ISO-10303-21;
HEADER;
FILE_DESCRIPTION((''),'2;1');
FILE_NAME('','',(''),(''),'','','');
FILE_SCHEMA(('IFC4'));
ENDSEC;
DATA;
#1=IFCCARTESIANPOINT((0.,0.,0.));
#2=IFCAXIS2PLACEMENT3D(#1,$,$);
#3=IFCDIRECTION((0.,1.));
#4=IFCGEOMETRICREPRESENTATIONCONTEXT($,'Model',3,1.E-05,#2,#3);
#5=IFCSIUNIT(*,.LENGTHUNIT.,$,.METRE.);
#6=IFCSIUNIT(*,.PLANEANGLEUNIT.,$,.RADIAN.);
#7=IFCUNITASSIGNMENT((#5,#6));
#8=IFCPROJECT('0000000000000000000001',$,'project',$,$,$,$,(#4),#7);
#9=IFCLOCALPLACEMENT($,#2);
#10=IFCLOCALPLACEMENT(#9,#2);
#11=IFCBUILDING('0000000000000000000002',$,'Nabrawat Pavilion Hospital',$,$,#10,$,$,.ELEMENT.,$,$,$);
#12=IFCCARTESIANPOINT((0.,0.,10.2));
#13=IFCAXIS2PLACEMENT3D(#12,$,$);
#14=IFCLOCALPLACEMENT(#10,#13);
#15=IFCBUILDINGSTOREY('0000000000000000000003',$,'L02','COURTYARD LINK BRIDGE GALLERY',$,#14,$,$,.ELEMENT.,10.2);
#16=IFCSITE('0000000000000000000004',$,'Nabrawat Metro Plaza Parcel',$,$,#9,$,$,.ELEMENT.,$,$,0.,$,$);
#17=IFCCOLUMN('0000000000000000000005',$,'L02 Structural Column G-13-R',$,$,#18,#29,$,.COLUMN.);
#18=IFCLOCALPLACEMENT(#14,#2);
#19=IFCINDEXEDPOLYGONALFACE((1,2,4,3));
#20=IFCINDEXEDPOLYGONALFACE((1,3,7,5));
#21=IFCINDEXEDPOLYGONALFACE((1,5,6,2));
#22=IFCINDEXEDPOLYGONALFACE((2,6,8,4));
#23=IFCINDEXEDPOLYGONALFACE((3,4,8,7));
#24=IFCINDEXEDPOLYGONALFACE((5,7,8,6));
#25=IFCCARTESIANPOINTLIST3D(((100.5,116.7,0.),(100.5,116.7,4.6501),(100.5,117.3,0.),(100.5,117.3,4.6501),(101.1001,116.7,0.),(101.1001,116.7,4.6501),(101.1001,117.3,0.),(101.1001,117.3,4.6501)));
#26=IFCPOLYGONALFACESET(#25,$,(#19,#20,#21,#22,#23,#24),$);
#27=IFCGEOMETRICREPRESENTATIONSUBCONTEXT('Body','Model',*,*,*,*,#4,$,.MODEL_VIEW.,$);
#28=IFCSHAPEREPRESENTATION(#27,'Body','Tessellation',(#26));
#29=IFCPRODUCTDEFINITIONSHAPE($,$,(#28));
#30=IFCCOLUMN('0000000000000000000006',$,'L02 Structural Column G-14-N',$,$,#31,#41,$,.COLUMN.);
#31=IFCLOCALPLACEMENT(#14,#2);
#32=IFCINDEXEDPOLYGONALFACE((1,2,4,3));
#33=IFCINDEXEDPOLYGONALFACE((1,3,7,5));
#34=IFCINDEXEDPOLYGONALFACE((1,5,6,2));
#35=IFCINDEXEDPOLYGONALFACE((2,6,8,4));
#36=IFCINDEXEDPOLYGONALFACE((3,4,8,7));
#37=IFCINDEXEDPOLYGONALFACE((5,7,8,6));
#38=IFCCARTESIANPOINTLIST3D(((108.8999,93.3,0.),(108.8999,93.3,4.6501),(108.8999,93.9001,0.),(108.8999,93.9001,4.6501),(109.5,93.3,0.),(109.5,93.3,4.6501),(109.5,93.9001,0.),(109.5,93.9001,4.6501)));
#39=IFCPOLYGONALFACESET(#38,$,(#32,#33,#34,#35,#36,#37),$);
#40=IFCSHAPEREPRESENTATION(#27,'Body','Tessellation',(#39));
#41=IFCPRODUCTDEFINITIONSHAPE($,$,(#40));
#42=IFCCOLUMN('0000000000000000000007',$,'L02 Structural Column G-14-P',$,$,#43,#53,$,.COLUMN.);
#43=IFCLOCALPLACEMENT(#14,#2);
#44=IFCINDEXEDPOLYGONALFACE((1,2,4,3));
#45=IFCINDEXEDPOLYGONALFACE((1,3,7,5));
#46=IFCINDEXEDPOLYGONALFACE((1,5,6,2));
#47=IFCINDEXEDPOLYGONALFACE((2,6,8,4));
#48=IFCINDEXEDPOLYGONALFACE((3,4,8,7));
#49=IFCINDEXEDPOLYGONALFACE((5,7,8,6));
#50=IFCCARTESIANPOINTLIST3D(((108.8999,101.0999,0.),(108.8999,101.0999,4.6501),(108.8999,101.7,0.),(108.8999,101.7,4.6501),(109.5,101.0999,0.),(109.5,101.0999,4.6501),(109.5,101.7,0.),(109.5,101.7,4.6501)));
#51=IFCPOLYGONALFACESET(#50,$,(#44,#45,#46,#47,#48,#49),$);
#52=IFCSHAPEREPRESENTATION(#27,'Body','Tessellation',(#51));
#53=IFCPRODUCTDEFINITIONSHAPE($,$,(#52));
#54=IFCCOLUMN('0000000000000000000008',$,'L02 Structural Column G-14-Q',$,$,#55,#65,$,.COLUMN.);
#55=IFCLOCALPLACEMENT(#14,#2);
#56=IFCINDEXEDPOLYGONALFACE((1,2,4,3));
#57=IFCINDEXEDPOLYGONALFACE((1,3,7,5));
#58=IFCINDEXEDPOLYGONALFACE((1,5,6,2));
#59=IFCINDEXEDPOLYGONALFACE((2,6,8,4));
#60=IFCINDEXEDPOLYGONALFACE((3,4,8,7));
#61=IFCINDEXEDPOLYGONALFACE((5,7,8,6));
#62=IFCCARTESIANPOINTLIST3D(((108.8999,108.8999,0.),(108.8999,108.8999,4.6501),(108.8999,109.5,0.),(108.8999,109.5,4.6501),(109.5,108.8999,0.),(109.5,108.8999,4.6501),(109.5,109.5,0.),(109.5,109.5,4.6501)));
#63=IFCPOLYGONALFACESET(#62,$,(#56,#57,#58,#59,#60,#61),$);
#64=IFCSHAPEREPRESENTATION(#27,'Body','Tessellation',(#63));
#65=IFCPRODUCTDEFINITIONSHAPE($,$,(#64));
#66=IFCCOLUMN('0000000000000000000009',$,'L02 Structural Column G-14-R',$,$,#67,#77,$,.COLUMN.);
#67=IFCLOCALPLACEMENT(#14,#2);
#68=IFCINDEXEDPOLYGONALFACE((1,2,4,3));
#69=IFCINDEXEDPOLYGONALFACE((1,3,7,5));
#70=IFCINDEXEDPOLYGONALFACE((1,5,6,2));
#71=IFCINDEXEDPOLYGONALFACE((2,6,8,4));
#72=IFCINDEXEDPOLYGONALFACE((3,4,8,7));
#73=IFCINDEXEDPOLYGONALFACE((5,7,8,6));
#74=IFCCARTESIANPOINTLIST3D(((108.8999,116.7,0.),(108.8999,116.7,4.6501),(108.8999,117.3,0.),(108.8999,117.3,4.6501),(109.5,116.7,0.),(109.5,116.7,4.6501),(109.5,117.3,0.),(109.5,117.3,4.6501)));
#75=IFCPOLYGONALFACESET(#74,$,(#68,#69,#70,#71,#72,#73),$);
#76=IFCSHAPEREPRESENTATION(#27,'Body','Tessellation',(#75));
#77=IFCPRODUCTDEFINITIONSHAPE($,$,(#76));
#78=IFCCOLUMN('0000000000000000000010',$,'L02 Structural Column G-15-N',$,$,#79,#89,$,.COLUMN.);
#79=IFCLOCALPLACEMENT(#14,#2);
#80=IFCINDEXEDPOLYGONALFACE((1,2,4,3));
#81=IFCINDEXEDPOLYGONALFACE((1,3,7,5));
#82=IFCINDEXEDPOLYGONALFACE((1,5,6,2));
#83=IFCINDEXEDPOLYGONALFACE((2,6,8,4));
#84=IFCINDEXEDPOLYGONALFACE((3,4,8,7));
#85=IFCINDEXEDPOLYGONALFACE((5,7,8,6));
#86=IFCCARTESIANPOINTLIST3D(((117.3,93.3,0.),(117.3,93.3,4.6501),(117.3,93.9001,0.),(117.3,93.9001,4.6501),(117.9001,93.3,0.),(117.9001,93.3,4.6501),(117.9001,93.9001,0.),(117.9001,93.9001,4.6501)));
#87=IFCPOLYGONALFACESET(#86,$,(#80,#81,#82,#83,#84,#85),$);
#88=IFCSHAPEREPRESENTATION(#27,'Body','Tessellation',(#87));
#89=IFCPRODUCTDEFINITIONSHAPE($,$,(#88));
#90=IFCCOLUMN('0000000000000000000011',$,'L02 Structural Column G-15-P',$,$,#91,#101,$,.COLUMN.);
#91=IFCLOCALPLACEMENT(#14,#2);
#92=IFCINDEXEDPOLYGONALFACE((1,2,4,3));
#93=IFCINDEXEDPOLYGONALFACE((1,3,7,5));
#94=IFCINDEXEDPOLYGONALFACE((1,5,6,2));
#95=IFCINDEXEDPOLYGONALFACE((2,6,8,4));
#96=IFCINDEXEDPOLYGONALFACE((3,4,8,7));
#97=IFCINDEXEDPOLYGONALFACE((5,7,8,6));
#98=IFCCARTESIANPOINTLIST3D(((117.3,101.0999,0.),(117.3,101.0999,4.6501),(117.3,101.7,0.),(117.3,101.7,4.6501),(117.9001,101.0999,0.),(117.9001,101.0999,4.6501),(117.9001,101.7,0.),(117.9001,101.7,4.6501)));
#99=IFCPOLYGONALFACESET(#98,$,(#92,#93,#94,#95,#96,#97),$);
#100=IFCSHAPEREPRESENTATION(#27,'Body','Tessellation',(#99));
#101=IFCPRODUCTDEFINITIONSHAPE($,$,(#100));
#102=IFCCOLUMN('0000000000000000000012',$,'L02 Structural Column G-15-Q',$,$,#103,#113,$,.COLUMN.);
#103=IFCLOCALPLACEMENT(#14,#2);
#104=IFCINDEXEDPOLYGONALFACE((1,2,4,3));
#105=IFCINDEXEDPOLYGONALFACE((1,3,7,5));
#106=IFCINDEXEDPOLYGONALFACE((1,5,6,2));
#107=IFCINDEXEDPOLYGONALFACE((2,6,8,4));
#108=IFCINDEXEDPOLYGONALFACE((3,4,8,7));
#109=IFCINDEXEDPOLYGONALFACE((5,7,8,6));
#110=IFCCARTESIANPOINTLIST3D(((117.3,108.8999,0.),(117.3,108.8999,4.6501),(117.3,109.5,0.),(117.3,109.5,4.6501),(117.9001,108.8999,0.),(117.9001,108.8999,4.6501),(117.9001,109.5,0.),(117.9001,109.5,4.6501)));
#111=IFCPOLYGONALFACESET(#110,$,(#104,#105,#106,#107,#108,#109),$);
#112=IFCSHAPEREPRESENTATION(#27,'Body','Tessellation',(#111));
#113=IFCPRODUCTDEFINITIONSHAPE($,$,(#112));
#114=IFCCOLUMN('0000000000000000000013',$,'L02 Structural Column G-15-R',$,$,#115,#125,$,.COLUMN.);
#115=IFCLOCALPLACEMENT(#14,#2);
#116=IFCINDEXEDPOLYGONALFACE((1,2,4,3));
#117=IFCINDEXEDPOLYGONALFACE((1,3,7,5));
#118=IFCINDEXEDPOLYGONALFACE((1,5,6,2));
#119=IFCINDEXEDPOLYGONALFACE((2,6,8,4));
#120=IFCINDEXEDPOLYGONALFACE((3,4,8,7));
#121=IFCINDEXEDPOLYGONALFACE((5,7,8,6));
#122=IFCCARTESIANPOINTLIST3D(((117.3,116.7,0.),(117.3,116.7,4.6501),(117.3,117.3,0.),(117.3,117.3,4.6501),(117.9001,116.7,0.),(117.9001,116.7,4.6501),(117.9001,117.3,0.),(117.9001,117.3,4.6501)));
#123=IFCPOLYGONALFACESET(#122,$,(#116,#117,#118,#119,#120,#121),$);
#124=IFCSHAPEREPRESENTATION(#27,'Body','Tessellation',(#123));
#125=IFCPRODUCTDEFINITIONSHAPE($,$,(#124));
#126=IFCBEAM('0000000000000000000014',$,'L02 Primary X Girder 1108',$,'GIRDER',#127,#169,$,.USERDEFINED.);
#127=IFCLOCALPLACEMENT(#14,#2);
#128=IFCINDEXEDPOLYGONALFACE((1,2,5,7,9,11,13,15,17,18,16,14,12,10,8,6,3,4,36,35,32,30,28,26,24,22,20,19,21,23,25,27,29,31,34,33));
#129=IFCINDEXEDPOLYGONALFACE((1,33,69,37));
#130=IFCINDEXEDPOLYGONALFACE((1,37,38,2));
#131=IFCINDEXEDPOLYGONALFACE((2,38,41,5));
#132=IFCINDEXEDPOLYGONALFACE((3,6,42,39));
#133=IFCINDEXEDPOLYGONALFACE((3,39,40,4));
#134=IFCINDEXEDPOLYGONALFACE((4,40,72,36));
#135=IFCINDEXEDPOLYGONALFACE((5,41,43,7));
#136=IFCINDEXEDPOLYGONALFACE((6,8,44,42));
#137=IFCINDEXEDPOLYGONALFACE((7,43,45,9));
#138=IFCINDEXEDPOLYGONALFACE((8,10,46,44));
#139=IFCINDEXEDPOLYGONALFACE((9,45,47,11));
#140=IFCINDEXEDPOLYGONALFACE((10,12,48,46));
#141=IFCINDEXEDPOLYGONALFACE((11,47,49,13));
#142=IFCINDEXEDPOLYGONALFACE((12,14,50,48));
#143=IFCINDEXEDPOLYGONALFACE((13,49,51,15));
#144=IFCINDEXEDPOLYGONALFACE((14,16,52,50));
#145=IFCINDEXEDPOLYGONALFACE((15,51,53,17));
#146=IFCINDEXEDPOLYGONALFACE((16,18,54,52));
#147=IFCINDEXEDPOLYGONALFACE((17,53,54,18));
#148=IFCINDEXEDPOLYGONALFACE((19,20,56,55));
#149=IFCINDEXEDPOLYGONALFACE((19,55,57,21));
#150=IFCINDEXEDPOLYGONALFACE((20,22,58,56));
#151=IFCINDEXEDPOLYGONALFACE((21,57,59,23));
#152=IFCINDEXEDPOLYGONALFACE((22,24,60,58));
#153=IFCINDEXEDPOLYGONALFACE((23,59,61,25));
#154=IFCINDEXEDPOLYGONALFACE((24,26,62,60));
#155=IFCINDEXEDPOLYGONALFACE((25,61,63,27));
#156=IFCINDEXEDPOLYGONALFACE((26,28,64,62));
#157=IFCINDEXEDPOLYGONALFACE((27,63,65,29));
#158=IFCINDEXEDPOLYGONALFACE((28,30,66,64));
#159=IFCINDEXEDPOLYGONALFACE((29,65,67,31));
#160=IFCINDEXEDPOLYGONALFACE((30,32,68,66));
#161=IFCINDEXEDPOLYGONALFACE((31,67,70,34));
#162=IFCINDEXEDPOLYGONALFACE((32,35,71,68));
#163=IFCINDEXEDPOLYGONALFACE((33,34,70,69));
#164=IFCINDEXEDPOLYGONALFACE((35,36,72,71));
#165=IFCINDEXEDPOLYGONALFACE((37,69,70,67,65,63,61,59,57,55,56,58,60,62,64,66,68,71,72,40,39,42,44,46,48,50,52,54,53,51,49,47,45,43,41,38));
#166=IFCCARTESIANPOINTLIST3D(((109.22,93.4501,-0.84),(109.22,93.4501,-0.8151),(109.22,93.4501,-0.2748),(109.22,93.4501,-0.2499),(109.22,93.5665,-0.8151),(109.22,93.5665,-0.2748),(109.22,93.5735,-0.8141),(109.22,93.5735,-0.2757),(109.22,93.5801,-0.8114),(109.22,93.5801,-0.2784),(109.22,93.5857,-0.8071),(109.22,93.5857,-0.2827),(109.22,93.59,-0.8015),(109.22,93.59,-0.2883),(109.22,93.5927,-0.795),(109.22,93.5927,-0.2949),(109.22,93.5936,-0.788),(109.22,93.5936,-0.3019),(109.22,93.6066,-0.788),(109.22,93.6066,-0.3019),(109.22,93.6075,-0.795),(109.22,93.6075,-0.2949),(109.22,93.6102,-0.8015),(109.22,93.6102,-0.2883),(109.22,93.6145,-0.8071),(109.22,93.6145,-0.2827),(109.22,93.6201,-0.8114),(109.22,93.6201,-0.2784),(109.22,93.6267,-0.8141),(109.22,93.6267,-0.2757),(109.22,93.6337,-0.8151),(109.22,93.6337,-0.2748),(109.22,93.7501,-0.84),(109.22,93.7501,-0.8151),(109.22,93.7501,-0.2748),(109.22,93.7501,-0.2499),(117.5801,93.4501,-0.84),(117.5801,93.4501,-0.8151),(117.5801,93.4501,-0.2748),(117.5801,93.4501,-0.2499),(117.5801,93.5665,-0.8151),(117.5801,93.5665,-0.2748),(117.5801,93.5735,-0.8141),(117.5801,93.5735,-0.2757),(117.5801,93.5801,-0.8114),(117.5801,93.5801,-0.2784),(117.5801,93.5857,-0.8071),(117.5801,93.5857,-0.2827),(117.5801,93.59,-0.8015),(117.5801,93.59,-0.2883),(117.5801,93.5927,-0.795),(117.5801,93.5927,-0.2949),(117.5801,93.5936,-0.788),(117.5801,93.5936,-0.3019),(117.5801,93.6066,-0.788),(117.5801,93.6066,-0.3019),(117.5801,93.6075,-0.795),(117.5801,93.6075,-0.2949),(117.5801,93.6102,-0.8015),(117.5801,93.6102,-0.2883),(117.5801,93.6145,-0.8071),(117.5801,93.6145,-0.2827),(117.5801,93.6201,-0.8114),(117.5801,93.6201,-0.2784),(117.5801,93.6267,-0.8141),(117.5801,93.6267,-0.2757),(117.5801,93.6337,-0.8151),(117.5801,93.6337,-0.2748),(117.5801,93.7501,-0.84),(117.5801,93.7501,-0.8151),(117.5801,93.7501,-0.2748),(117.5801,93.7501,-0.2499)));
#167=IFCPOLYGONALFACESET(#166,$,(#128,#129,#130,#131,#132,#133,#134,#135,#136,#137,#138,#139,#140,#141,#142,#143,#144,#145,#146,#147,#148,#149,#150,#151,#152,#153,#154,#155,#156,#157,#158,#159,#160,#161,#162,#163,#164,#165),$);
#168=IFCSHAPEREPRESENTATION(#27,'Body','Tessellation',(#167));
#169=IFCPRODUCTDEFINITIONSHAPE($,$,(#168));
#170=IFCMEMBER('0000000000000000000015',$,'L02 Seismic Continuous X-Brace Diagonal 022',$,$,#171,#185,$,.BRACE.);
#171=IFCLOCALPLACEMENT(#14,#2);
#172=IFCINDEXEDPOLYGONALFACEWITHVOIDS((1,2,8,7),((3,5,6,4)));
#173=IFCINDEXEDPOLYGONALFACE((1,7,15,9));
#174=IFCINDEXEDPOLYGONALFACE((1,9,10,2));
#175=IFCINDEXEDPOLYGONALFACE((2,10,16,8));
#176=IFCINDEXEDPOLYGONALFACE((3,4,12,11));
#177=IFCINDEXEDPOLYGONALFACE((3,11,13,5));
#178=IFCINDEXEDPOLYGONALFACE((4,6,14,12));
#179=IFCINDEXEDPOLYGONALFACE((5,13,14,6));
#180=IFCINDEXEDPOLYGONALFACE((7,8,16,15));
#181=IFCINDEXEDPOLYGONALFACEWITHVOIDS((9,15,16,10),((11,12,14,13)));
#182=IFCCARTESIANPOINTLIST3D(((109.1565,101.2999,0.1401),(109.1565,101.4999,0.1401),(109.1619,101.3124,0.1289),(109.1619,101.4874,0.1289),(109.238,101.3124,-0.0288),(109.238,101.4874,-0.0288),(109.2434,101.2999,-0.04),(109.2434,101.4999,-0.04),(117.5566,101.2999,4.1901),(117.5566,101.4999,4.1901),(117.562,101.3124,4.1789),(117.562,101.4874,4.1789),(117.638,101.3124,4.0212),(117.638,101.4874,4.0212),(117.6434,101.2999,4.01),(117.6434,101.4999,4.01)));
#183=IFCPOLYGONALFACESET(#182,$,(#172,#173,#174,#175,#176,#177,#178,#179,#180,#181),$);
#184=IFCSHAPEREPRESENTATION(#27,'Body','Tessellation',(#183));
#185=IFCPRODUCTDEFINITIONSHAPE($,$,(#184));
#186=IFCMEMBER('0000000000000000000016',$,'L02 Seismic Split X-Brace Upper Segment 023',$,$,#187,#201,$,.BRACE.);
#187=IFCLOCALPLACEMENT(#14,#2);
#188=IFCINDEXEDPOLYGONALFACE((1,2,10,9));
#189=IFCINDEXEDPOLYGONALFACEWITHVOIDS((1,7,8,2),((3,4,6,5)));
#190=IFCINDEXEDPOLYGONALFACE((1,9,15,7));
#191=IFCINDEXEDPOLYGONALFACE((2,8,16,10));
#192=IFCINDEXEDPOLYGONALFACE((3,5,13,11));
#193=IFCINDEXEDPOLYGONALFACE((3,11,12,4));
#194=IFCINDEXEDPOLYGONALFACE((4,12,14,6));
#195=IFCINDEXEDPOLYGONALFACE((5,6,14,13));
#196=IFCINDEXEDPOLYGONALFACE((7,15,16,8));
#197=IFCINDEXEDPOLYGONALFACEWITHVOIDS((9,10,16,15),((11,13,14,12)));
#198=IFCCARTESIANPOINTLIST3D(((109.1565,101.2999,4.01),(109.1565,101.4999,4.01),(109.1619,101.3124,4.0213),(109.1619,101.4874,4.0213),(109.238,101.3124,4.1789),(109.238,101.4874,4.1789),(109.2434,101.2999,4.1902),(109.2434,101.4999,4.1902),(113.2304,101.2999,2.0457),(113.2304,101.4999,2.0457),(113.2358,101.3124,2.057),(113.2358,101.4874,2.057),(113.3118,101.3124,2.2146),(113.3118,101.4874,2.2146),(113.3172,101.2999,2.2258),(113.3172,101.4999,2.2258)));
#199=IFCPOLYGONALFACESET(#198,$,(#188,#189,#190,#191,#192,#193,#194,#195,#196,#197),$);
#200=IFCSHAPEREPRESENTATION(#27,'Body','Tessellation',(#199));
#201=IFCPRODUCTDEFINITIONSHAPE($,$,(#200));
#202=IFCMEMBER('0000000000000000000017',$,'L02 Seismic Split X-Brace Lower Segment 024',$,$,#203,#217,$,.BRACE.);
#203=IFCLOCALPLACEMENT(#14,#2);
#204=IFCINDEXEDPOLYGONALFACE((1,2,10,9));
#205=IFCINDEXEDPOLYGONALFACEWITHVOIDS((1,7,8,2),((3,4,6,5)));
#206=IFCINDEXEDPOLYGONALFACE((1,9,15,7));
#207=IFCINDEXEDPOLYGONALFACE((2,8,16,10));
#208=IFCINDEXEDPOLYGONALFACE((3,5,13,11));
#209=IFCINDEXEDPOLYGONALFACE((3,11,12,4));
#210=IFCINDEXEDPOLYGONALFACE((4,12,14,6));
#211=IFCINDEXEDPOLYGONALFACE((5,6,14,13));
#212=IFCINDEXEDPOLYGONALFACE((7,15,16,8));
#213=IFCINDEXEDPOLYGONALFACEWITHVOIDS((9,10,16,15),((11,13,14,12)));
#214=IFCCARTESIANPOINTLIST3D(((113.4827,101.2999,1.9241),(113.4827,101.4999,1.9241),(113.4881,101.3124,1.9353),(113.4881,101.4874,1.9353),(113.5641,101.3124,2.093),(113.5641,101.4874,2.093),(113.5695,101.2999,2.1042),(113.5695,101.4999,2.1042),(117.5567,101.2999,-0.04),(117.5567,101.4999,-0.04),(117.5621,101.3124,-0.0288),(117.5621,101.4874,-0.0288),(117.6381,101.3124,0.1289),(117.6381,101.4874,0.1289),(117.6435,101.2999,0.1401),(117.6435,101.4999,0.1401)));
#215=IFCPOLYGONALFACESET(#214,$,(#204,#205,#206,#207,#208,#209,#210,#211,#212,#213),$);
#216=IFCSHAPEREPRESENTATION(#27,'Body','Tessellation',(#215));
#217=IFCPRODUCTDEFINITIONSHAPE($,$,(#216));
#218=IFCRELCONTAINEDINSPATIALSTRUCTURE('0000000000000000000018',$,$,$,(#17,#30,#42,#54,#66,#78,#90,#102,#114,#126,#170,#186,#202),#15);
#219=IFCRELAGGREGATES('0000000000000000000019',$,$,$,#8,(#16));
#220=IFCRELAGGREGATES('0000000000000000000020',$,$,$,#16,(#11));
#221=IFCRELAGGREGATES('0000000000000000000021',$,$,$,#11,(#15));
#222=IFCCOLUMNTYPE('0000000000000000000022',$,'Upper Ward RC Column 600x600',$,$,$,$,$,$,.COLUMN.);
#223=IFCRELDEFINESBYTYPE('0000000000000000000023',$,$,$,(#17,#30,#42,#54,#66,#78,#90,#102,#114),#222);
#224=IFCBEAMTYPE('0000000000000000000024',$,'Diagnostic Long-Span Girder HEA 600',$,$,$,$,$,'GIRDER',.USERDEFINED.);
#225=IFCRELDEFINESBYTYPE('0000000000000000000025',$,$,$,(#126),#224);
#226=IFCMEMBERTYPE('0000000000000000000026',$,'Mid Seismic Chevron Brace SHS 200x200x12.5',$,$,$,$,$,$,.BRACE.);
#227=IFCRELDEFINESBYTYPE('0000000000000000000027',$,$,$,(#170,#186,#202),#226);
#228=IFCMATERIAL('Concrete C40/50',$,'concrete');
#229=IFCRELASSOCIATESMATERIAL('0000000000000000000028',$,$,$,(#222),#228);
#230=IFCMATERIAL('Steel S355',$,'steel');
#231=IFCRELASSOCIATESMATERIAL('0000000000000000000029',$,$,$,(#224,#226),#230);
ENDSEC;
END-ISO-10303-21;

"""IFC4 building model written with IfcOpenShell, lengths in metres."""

from ifc_helpers import new_model, si_unit, direction, frame, origin, origin_2d, place, context, subcontext, project, spatial, rectangle, hollow_rectangle, i_section, extrude, material, material_profile, profile_set, type_object, element, save


model = new_model("IFC4")

# Units and contexts
model_context = context("Model", 3, precision=1e-05, world=origin(), true_north=direction((0.0, 1.0)))
body_context = subcontext(model_context, "Body", "Model", "MODEL_VIEW")
ifc_project = project(units=[si_unit("LENGTHUNIT", "METRE"), si_unit("PLANEANGLEUNIT", "RADIAN")], contexts=[model_context])

# Site, building, storey
site_placement = place(None, origin())
site = spatial("IfcSite", under=ifc_project, at=site_placement, Name="Nabrawat Metro Plaza Parcel", CompositionType="ELEMENT", RefElevation=0.0)
building_placement = place(site_placement, origin())
building = spatial("IfcBuilding", under=site, at=building_placement, Name="Nabrawat Pavilion Hospital", CompositionType="ELEMENT")
storey_placement = place(building_placement, frame((0.0, 0.0, 10.2)))
storey = spatial("IfcBuildingStorey", under=building, at=storey_placement, Name="L02", Description="COURTYARD LINK BRIDGE GALLERY", CompositionType="ELEMENT", Elevation=10.2)

# Columns
ifc_material_1 = material(Name="Concrete C40/50", Category="concrete")
ifc_material_profile_1 = material_profile(ifc_material_1, rectangle(XDim=0.6001, YDim=0.6001, at=origin_2d()), Name="RC 600x600")
ifc_profile_set_1 = profile_set([ifc_material_profile_1], Name="Concrete C40/50")
column_type = type_object("IfcColumnType", Name="Upper Ward RC Column 600x600", PredefinedType="COLUMN", material=ifc_profile_set_1)
for number, where, z_axis, x_axis, name in (
    (1, (100.8, 117.0, 0.0), (0.0, 0.0, 1.0), (1.0, 0.0, 0.0), "L02 Structural Column G-13-R"),
    (2, (109.2, 93.6001, 0.0), (0.0, 0.0, 1.0), (1.0, 0.0, 0.0), "L02 Structural Column G-14-N"),
    (3, (109.2, 101.3999, 0.0), (0.0, 0.0, 1.0), (1.0, 0.0, 0.0), "L02 Structural Column G-14-P"),
    (4, (109.2, 109.2, 0.0), (0.0, 0.0, 1.0), (1.0, 0.0, 0.0), "L02 Structural Column G-14-Q"),
    (5, (109.2, 117.0, 0.0), (0.0, 0.0, 1.0), (1.0, 0.0, 0.0), "L02 Structural Column G-14-R"),
    (6, (117.6001, 93.6001, 0.0), (0.0, 0.0, 1.0), (1.0, 0.0, 0.0), "L02 Structural Column G-15-N"),
    (7, (117.6001, 101.3999, 0.0), (0.0, 0.0, 1.0), (1.0, 0.0, 0.0), "L02 Structural Column G-15-P"),
    (8, (117.6001, 109.2, 0.0), (0.0, 0.0, 1.0), (1.0, 0.0, 0.0), "L02 Structural Column G-15-Q"),
    (9, (117.6001, 117.0, 0.0), (0.0, 0.0, 1.0), (1.0, 0.0, 0.0), "L02 Structural Column G-15-R"),
):
    element("IfcColumn", number, at=place(storey_placement, frame(where, z_axis=z_axis, x_axis=x_axis)), inside=storey, type_object=column_type, Name=name, PredefinedType="COLUMN", context=body_context, shape_type="SweptSolid", body=[
        extrude(rectangle(XDim=0.6001, YDim=0.6001, at=origin_2d()), origin(), (0.0, 0.0, 1.0), 4.6501),
    ])

# Beam
ifc_material_2 = material(Name="Steel S355", Category="steel")
ifc_material_profile_2 = material_profile(ifc_material_2, i_section(OverallWidth=0.3, OverallDepth=0.5901, WebThickness=0.0129, FlangeThickness=0.0249, FilletRadius=0.0271, at=origin_2d()), Name="HEA 600")
ifc_profile_set_2 = profile_set([ifc_material_profile_2], Name="Steel S355")
beam_type_1 = type_object("IfcBeamType", Name="Diagnostic Long-Span Girder HEA 600", ElementType="GIRDER", PredefinedType="USERDEFINED", material=ifc_profile_set_2)
beam_1_placement = place(storey_placement, frame((109.22, 93.6001, -0.5449), z_axis=(1.0, 0.0, 0.0), x_axis=(0.0, 1.0, 0.0)))
element("IfcBeam", 10, at=beam_1_placement, inside=storey, type_object=beam_type_1, Name="L02 Primary X Girder 1108", ObjectType="GIRDER", PredefinedType="USERDEFINED", context=body_context, shape_type="SweptSolid", body=[
    extrude(i_section(OverallWidth=0.3, OverallDepth=0.5901, WebThickness=0.0129, FlangeThickness=0.0249, FilletRadius=0.0271, at=origin_2d()), origin(), (0.0, 0.0, 1.0), 8.3601),
])

# Members
ifc_material_profile_3 = material_profile(ifc_material_2, hollow_rectangle(XDim=0.2, YDim=0.2, WallThickness=0.0125, at=origin_2d()), Name="SHS 200x200x12.5")
ifc_profile_set_3 = profile_set([ifc_material_profile_3], Name="Steel S355")
member_type = type_object("IfcMemberType", Name="Mid Seismic Chevron Brace SHS 200x200x12.5", PredefinedType="BRACE", material=ifc_profile_set_3)
member_placement = place(storey_placement, frame((109.2, 101.3999, 0.05), z_axis=(0.90077, 0.0, 0.434297), x_axis=(0.0, 1.0, 0.0)))
element("IfcMember", 11, at=member_placement, inside=storey, type_object=member_type, Name="L02 Seismic Continuous X-Brace Diagonal 022", PredefinedType="BRACE", context=body_context, shape_type="SweptSolid", body=[
    extrude(hollow_rectangle(XDim=0.2, YDim=0.2, WallThickness=0.0125, at=origin_2d()), origin(), (0.0, 0.0, 1.0), 9.3254),
])
for number, where, z_axis, x_axis, name in (
    (12, (109.2, 101.3999, 4.1001), (0.900758, 0.0, -0.43432), (0.0, 1.0, 0.0), "L02 Seismic Split X-Brace Upper Segment 023"),
    (13, (113.5261, 101.3999, 2.0142), (0.90078, 0.0, -0.434277), (0.0, 1.0, 0.0), "L02 Seismic Split X-Brace Lower Segment 024"),
):
    element("IfcMember", number, at=place(storey_placement, frame(where, z_axis=z_axis, x_axis=x_axis)), inside=storey, type_object=member_type, Name=name, PredefinedType="BRACE", context=body_context, shape_type="SweptSolid", body=[
        extrude(hollow_rectangle(XDim=0.2, YDim=0.2, WallThickness=0.0125, at=origin_2d()), origin(), (0.0, 0.0, 1.0), 4.5227),
    ])

save(model, "model.ifc")
